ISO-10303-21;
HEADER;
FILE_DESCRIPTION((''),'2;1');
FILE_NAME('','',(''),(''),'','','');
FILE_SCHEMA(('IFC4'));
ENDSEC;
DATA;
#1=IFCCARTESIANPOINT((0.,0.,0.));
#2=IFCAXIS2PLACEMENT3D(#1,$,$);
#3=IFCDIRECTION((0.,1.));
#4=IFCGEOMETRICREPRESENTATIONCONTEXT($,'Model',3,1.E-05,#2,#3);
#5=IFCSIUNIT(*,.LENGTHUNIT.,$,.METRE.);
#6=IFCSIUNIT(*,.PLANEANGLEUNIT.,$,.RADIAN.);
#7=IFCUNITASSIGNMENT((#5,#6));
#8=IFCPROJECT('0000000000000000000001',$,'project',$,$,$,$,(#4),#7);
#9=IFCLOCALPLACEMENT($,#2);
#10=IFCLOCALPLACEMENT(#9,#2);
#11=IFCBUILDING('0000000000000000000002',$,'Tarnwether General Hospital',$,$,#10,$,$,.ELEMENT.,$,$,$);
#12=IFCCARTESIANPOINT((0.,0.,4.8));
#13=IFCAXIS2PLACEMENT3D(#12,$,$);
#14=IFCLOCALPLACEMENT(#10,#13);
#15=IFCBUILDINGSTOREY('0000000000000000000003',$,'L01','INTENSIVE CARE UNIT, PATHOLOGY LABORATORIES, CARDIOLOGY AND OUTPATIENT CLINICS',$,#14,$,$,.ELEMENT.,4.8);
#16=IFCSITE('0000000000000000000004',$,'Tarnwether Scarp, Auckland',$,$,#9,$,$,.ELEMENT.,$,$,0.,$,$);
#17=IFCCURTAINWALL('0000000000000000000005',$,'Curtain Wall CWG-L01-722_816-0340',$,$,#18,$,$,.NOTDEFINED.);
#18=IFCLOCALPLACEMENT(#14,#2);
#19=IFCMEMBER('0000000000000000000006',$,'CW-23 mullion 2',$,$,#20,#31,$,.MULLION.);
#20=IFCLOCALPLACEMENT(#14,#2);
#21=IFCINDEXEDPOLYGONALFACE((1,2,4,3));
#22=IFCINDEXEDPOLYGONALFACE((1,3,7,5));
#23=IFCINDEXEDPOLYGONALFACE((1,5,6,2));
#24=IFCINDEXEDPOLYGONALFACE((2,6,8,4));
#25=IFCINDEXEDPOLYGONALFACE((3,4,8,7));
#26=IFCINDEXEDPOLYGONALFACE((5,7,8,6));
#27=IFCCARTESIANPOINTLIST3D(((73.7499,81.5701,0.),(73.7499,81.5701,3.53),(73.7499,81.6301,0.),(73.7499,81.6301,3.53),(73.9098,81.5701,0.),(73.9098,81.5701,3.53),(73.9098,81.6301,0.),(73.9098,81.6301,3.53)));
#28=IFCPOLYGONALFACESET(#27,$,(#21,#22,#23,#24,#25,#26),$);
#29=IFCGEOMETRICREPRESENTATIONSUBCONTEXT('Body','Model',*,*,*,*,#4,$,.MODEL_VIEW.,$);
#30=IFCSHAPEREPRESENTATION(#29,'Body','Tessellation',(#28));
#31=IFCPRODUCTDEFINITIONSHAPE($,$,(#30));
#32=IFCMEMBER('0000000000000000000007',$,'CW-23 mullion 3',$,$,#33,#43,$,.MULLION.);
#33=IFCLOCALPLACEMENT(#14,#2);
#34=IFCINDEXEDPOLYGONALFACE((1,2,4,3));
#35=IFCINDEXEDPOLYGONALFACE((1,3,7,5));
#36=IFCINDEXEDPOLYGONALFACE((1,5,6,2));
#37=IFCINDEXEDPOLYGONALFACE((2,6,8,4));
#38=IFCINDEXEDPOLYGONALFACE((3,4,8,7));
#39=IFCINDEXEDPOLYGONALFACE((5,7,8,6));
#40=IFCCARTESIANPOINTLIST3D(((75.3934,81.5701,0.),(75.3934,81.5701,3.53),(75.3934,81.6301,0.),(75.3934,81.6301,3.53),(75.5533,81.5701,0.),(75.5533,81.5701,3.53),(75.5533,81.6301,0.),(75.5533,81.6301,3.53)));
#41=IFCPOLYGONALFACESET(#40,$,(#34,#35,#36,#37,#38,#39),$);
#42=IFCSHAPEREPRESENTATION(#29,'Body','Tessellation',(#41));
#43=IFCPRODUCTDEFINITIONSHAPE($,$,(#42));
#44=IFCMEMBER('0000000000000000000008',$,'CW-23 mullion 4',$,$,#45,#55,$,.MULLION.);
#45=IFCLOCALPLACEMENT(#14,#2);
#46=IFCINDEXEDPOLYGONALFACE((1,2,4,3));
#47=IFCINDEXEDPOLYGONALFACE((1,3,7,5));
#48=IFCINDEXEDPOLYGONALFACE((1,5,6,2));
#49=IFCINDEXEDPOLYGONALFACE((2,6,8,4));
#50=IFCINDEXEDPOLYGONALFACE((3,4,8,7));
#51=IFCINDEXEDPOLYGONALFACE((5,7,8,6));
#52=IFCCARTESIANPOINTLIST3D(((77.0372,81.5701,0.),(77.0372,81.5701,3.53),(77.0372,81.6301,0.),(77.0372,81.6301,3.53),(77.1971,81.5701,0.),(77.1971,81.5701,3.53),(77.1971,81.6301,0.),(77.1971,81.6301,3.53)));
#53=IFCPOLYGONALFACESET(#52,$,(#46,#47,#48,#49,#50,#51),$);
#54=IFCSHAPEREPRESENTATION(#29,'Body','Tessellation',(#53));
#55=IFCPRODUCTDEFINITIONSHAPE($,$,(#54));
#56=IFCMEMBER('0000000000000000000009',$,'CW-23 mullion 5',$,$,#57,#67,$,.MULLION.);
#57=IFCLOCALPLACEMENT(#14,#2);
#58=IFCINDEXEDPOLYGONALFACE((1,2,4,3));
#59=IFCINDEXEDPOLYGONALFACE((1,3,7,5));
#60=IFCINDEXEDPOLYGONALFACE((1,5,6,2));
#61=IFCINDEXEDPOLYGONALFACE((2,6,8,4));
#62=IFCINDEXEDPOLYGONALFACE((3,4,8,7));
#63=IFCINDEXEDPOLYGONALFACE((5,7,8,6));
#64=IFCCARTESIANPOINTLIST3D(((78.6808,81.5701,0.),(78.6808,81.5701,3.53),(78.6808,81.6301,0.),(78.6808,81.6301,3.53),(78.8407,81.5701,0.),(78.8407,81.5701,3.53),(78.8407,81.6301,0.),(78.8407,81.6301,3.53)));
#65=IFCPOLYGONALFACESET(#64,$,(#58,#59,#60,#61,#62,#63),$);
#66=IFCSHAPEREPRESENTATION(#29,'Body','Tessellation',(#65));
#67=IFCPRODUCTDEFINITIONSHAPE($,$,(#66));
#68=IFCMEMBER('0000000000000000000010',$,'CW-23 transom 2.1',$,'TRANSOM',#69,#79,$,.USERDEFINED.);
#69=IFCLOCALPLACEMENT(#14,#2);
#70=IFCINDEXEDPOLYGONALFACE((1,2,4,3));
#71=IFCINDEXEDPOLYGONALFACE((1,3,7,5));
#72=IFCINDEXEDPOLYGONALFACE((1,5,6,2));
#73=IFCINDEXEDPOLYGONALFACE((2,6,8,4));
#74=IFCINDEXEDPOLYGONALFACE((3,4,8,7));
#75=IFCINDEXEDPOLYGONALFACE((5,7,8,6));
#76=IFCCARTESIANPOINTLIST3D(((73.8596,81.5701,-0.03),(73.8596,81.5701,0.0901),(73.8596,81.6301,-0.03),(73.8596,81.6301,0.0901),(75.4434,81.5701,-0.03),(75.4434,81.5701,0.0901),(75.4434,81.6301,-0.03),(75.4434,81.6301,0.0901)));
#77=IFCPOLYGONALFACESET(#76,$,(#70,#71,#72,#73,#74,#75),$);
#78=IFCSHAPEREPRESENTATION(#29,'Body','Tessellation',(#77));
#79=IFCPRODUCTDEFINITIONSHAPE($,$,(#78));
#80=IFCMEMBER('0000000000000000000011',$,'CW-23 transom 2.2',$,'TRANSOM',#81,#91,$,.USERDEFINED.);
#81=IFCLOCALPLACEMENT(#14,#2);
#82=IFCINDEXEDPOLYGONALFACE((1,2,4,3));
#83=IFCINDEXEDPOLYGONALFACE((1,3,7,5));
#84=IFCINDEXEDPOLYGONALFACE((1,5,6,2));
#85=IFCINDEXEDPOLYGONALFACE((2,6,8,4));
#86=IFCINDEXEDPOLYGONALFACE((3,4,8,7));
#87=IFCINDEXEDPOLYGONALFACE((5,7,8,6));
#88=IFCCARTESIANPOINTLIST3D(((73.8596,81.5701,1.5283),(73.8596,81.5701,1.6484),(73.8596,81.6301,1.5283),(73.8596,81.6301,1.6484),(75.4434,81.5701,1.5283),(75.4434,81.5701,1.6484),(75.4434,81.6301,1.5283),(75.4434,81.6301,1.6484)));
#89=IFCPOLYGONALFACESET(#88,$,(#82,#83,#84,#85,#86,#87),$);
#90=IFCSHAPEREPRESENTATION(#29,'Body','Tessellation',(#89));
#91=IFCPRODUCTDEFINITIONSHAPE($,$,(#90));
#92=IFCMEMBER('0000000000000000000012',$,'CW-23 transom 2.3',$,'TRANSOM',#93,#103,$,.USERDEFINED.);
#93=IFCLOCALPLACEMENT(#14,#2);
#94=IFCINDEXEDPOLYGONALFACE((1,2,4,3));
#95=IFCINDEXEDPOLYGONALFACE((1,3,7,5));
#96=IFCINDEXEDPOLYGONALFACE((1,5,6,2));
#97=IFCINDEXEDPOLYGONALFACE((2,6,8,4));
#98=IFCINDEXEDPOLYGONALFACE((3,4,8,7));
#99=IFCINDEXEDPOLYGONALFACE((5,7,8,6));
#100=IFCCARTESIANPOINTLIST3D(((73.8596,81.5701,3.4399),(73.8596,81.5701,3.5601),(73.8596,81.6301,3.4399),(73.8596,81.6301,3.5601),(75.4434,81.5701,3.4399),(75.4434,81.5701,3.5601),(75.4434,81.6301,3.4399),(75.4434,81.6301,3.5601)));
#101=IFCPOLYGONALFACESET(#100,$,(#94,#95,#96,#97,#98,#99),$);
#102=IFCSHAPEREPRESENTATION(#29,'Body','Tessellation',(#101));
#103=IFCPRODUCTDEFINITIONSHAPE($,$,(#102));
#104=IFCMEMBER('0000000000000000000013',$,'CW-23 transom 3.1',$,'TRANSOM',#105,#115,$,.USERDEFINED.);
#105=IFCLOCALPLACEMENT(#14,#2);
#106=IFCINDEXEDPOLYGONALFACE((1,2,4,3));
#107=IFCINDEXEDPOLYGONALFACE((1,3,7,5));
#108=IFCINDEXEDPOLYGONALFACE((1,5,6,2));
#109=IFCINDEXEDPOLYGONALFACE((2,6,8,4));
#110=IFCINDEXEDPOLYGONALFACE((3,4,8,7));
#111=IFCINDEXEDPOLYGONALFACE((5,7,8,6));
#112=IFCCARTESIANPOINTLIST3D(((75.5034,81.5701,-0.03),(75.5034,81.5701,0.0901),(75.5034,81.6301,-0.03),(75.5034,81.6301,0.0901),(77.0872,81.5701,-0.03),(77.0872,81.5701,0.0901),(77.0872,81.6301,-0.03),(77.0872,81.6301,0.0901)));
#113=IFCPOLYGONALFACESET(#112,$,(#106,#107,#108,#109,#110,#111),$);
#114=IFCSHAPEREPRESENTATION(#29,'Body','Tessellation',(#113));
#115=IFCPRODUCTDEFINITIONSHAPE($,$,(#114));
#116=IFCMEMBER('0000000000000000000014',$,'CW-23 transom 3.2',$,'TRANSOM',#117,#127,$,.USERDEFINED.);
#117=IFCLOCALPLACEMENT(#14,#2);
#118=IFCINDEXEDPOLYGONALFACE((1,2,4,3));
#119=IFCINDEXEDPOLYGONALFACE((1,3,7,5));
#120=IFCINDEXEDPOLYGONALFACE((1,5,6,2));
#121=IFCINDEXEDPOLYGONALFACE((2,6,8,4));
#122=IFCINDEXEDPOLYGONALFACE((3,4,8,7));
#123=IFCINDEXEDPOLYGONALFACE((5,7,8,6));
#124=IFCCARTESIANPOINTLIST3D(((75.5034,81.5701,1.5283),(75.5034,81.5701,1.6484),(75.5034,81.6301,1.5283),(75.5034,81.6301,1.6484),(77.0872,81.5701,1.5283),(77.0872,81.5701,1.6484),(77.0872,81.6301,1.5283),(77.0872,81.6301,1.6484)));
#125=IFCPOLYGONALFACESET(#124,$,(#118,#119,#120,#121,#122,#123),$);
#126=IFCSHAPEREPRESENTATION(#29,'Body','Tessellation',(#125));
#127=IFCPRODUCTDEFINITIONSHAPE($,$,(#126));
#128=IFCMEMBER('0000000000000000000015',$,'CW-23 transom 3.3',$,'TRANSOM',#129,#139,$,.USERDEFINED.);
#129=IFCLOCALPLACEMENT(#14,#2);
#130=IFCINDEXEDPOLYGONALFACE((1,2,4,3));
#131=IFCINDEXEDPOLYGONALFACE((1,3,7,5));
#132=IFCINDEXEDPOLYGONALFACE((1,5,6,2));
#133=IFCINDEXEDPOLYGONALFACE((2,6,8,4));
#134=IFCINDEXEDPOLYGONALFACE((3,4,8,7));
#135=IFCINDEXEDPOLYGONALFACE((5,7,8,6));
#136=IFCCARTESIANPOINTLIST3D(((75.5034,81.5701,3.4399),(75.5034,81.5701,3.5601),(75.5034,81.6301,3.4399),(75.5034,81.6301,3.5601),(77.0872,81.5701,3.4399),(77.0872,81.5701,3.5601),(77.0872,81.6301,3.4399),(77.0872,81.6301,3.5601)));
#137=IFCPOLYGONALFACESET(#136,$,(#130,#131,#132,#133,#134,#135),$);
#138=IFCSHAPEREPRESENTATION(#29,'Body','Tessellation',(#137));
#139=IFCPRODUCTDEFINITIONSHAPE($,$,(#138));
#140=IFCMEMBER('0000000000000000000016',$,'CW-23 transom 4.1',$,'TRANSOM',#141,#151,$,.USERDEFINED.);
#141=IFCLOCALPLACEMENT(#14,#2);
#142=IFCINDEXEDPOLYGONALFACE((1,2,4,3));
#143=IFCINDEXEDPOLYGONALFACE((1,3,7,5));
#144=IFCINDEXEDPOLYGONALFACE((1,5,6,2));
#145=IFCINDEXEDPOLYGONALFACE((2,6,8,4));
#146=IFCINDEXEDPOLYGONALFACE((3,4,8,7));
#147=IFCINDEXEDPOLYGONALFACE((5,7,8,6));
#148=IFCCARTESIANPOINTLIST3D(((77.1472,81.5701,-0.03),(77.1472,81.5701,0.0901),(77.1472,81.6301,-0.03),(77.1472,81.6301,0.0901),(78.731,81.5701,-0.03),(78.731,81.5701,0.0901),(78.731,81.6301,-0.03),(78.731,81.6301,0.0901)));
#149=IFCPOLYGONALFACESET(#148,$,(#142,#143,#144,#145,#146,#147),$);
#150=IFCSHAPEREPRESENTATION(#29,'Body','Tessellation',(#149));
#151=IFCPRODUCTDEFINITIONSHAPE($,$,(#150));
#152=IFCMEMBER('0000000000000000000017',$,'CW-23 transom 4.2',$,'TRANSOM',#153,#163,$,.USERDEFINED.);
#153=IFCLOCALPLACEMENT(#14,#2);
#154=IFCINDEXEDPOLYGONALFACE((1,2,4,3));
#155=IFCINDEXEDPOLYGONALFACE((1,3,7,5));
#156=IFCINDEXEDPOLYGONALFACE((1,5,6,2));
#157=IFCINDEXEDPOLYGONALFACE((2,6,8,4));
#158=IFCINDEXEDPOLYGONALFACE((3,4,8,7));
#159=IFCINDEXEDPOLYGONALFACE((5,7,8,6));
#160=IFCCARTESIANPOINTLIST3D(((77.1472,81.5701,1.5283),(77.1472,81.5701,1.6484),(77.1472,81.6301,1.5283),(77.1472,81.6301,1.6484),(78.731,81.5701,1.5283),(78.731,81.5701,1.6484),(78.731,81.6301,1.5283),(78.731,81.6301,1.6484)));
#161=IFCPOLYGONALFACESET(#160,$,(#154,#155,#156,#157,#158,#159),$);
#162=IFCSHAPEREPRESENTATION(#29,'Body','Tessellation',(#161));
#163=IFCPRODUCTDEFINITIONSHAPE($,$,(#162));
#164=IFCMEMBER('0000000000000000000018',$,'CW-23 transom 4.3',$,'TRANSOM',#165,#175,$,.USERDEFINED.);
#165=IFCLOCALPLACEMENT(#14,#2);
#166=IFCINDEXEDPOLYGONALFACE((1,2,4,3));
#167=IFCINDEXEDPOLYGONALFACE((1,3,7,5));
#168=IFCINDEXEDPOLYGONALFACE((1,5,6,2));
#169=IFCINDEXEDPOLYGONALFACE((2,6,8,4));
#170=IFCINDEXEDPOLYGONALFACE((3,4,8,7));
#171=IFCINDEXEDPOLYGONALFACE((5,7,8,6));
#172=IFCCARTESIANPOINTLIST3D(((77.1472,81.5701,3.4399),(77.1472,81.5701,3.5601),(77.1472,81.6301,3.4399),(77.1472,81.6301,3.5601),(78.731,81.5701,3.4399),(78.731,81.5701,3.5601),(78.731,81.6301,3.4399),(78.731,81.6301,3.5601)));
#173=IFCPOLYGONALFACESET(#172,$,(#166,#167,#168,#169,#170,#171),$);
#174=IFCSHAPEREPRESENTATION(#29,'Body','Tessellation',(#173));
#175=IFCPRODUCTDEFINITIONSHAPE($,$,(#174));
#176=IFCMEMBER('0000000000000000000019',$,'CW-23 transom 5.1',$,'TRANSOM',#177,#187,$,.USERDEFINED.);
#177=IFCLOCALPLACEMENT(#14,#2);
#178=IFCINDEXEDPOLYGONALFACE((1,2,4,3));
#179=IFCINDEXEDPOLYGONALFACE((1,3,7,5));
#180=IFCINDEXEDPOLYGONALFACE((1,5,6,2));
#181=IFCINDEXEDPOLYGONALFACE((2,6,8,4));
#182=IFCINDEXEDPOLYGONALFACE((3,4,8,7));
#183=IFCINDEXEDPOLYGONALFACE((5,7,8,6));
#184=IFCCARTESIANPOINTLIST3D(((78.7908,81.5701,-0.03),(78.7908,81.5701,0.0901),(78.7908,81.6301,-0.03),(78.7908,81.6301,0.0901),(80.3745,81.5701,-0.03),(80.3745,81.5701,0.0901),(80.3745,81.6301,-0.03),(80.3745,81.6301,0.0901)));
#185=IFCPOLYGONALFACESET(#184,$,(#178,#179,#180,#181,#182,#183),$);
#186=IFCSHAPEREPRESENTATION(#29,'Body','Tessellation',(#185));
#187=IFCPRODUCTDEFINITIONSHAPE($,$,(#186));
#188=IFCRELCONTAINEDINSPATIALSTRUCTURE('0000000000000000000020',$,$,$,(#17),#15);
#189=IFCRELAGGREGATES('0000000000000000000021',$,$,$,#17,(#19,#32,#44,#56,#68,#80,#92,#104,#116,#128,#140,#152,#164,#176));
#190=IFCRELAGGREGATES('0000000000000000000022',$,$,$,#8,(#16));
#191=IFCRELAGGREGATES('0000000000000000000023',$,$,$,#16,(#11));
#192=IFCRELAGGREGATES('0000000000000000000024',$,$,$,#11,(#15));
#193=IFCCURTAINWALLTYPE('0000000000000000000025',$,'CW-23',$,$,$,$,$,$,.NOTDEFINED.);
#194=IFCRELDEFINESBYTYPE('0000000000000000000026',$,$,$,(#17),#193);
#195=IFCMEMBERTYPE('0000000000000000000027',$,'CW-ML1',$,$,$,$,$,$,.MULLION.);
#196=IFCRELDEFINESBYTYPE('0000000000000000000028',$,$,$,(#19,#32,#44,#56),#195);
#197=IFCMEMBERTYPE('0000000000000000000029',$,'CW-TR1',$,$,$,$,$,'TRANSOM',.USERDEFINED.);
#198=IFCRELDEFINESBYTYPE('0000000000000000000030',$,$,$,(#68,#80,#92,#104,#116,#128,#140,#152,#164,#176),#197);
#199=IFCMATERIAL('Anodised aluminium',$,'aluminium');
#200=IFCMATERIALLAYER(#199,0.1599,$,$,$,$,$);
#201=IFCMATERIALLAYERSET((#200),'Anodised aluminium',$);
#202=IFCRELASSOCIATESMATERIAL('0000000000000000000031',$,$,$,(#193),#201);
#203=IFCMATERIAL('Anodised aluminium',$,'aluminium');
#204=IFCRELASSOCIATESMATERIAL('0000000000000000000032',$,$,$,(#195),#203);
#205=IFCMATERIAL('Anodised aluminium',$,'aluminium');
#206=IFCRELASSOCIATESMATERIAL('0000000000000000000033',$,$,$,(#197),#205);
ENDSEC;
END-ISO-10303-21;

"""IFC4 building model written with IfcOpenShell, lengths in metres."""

from ifc_helpers import new_model, si_unit, direction, frame, origin, origin_2d, place, context, subcontext, project, spatial, rectangle, extrude, material, layer, layer_set, material_profile, profile_set, type_object, element, aggregate, save


model = new_model("IFC4")

# Units and contexts
model_context = context("Model", 3, precision=1e-05, world=origin(), true_north=direction((0.0, 1.0)))
body_context = subcontext(model_context, "Body", "Model", "MODEL_VIEW")
ifc_project = project(units=[si_unit("LENGTHUNIT", "METRE"), si_unit("PLANEANGLEUNIT", "RADIAN")], contexts=[model_context])

# Site, building, storey
site_placement = place(None, origin())
site = spatial("IfcSite", under=ifc_project, at=site_placement, Name="Tarnwether Scarp, Auckland", CompositionType="ELEMENT", RefElevation=0.0)
building_placement = place(site_placement, origin())
building = spatial("IfcBuilding", under=site, at=building_placement, Name="Tarnwether General Hospital", CompositionType="ELEMENT")
storey_placement = place(building_placement, frame((0.0, 0.0, 4.8)))
storey = spatial("IfcBuildingStorey", under=building, at=storey_placement, Name="L01", Description="INTENSIVE CARE UNIT, PATHOLOGY LABORATORIES, CARDIOLOGY AND OUTPATIENT CLINICS", CompositionType="ELEMENT", Elevation=4.8)

# Curtain wall, members
ifc_material_1 = material(Name="Anodised aluminium", Category="aluminium")
ifc_layer_1 = layer(ifc_material_1, 0.1599)
ifc_layer_set_1 = layer_set([ifc_layer_1], Name="Anodised aluminium")
curtain_wall_type = type_object("IfcCurtainWallType", Name="CW-23", PredefinedType="NOTDEFINED", material=ifc_layer_set_1)
curtain_wall_placement = place(storey_placement, origin())
curtain_wall = element("IfcCurtainWall", 1, at=curtain_wall_placement, inside=storey, type_object=curtain_wall_type, Name="Curtain Wall CWG-L01-722_816-0340", PredefinedType="NOTDEFINED")
ifc_material_2 = material(Name="Anodised aluminium", Category="aluminium")
ifc_material_profile_1 = material_profile(ifc_material_2, rectangle(XDim=0.0601, YDim=0.1599, at=origin_2d()), Name="ALU-MUL-60x160")
ifc_profile_set_1 = profile_set([ifc_material_profile_1], Name="Anodised aluminium")
member_type_1 = type_object("IfcMemberType", Name="CW-ML1", PredefinedType="MULLION", material=ifc_profile_set_1)
member_1_placement = place(storey_placement, frame((73.8298, 81.6001, 0.0), z_axis=(0.0, 0.0, 1.0), x_axis=(0.0, 1.0, 0.0)))
member_1 = element("IfcMember", 2, at=member_1_placement, type_object=member_type_1, Name="CW-23 mullion 2", PredefinedType="MULLION", context=body_context, shape_type="SweptSolid", body=[
    extrude(rectangle(XDim=0.0601, YDim=0.1599, at=origin_2d()), origin(), (0.0, 0.0, 1.0), 3.53),
])
member_2_placement = place(storey_placement, frame((75.4734, 81.6001, 0.0), z_axis=(0.0, 0.0, 1.0), x_axis=(0.0, 1.0, 0.0)))
member_2 = element("IfcMember", 3, at=member_2_placement, type_object=member_type_1, Name="CW-23 mullion 3", PredefinedType="MULLION", context=body_context, shape_type="SweptSolid", body=[
    extrude(rectangle(XDim=0.0601, YDim=0.1599, at=origin_2d()), origin(), (0.0, 0.0, 1.0), 3.53),
])
member_3_placement = place(storey_placement, frame((77.1172, 81.6001, 0.0), z_axis=(0.0, 0.0, 1.0), x_axis=(0.0, 1.0, 0.0)))
member_3 = element("IfcMember", 4, at=member_3_placement, type_object=member_type_1, Name="CW-23 mullion 4", PredefinedType="MULLION", context=body_context, shape_type="SweptSolid", body=[
    extrude(rectangle(XDim=0.0601, YDim=0.1599, at=origin_2d()), origin(), (0.0, 0.0, 1.0), 3.53),
])
member_4_placement = place(storey_placement, frame((78.7607, 81.6001, 0.0), z_axis=(0.0, 0.0, 1.0), x_axis=(0.0, 1.0, 0.0)))
member_4 = element("IfcMember", 5, at=member_4_placement, type_object=member_type_1, Name="CW-23 mullion 5", PredefinedType="MULLION", context=body_context, shape_type="SweptSolid", body=[
    extrude(rectangle(XDim=0.0601, YDim=0.1599, at=origin_2d()), origin(), (0.0, 0.0, 1.0), 3.53),
])
ifc_material_3 = material(Name="Anodised aluminium", Category="aluminium")
ifc_material_profile_2 = material_profile(ifc_material_3, rectangle(XDim=0.0601, YDim=0.1201, at=origin_2d()), Name="ALU-TRN-60x120")
ifc_profile_set_2 = profile_set([ifc_material_profile_2], Name="Anodised aluminium")
member_type_2 = type_object("IfcMemberType", Name="CW-TR1", ElementType="TRANSOM", PredefinedType="USERDEFINED", material=ifc_profile_set_2)
member_5_placement = place(storey_placement, frame((73.8596, 81.6001, 0.03), z_axis=(1.0, 0.0, 0.0), x_axis=(0.0, 1.0, 0.0)))
member_5 = element("IfcMember", 6, at=member_5_placement, type_object=member_type_2, Name="CW-23 transom 2.1", ObjectType="TRANSOM", PredefinedType="USERDEFINED", context=body_context, shape_type="SweptSolid", body=[
    extrude(rectangle(XDim=0.0601, YDim=0.1201, at=origin_2d()), origin(), (0.0, 0.0, 1.0), 1.5837),
])
member_6_placement = place(storey_placement, frame((73.8596, 81.6001, 1.5884), z_axis=(1.0, 0.0, 0.0), x_axis=(0.0, 1.0, 0.0)))
member_6 = element("IfcMember", 7, at=member_6_placement, type_object=member_type_2, Name="CW-23 transom 2.2", ObjectType="TRANSOM", PredefinedType="USERDEFINED", context=body_context, shape_type="SweptSolid", body=[
    extrude(rectangle(XDim=0.0601, YDim=0.1201, at=origin_2d()), origin(), (0.0, 0.0, 1.0), 1.5837),
])
member_7_placement = place(storey_placement, frame((73.8596, 81.6001, 3.5), z_axis=(1.0, 0.0, 0.0), x_axis=(0.0, 1.0, 0.0)))
member_7 = element("IfcMember", 8, at=member_7_placement, type_object=member_type_2, Name="CW-23 transom 2.3", ObjectType="TRANSOM", PredefinedType="USERDEFINED", context=body_context, shape_type="SweptSolid", body=[
    extrude(rectangle(XDim=0.0601, YDim=0.1201, at=origin_2d()), origin(), (0.0, 0.0, 1.0), 1.5837),
])
member_8_placement = place(storey_placement, frame((75.5034, 81.6001, 0.03), z_axis=(1.0, 0.0, 0.0), x_axis=(0.0, 1.0, 0.0)))
member_8 = element("IfcMember", 9, at=member_8_placement, type_object=member_type_2, Name="CW-23 transom 3.1", ObjectType="TRANSOM", PredefinedType="USERDEFINED", context=body_context, shape_type="SweptSolid", body=[
    extrude(rectangle(XDim=0.0601, YDim=0.1201, at=origin_2d()), origin(), (0.0, 0.0, 1.0), 1.5837),
])
member_9_placement = place(storey_placement, frame((75.5034, 81.6001, 1.5884), z_axis=(1.0, 0.0, 0.0), x_axis=(0.0, 1.0, 0.0)))
member_9 = element("IfcMember", 10, at=member_9_placement, type_object=member_type_2, Name="CW-23 transom 3.2", ObjectType="TRANSOM", PredefinedType="USERDEFINED", context=body_context, shape_type="SweptSolid", body=[
    extrude(rectangle(XDim=0.0601, YDim=0.1201, at=origin_2d()), origin(), (0.0, 0.0, 1.0), 1.5837),
])
member_10_placement = place(storey_placement, frame((75.5034, 81.6001, 3.5), z_axis=(1.0, 0.0, 0.0), x_axis=(0.0, 1.0, 0.0)))
member_10 = element("IfcMember", 11, at=member_10_placement, type_object=member_type_2, Name="CW-23 transom 3.3", ObjectType="TRANSOM", PredefinedType="USERDEFINED", context=body_context, shape_type="SweptSolid", body=[
    extrude(rectangle(XDim=0.0601, YDim=0.1201, at=origin_2d()), origin(), (0.0, 0.0, 1.0), 1.5837),
])
member_11_placement = place(storey_placement, frame((77.1472, 81.6001, 0.03), z_axis=(1.0, 0.0, 0.0), x_axis=(0.0, 1.0, 0.0)))
member_11 = element("IfcMember", 12, at=member_11_placement, type_object=member_type_2, Name="CW-23 transom 4.1", ObjectType="TRANSOM", PredefinedType="USERDEFINED", context=body_context, shape_type="SweptSolid", body=[
    extrude(rectangle(XDim=0.0601, YDim=0.1201, at=origin_2d()), origin(), (0.0, 0.0, 1.0), 1.5837),
])
member_12_placement = place(storey_placement, frame((77.1472, 81.6001, 1.5884), z_axis=(1.0, 0.0, 0.0), x_axis=(0.0, 1.0, 0.0)))
member_12 = element("IfcMember", 13, at=member_12_placement, type_object=member_type_2, Name="CW-23 transom 4.2", ObjectType="TRANSOM", PredefinedType="USERDEFINED", context=body_context, shape_type="SweptSolid", body=[
    extrude(rectangle(XDim=0.0601, YDim=0.1201, at=origin_2d()), origin(), (0.0, 0.0, 1.0), 1.5837),
])
member_13_placement = place(storey_placement, frame((77.1472, 81.6001, 3.5), z_axis=(1.0, 0.0, 0.0), x_axis=(0.0, 1.0, 0.0)))
member_13 = element("IfcMember", 14, at=member_13_placement, type_object=member_type_2, Name="CW-23 transom 4.3", ObjectType="TRANSOM", PredefinedType="USERDEFINED", context=body_context, shape_type="SweptSolid", body=[
    extrude(rectangle(XDim=0.0601, YDim=0.1201, at=origin_2d()), origin(), (0.0, 0.0, 1.0), 1.5837),
])
member_14_placement = place(storey_placement, frame((78.7908, 81.6001, 0.03), z_axis=(1.0, 0.0, 0.0), x_axis=(0.0, 1.0, 0.0)))
member_14 = element("IfcMember", 15, at=member_14_placement, type_object=member_type_2, Name="CW-23 transom 5.1", ObjectType="TRANSOM", PredefinedType="USERDEFINED", context=body_context, shape_type="SweptSolid", body=[
    extrude(rectangle(XDim=0.0601, YDim=0.1201, at=origin_2d()), origin(), (0.0, 0.0, 1.0), 1.5837),
])
aggregate(curtain_wall, [member_1, member_2, member_3, member_4, member_5, member_6, member_7, member_8, member_9, member_10, member_11, member_12, member_13, member_14])

save(model, "model.ifc")
